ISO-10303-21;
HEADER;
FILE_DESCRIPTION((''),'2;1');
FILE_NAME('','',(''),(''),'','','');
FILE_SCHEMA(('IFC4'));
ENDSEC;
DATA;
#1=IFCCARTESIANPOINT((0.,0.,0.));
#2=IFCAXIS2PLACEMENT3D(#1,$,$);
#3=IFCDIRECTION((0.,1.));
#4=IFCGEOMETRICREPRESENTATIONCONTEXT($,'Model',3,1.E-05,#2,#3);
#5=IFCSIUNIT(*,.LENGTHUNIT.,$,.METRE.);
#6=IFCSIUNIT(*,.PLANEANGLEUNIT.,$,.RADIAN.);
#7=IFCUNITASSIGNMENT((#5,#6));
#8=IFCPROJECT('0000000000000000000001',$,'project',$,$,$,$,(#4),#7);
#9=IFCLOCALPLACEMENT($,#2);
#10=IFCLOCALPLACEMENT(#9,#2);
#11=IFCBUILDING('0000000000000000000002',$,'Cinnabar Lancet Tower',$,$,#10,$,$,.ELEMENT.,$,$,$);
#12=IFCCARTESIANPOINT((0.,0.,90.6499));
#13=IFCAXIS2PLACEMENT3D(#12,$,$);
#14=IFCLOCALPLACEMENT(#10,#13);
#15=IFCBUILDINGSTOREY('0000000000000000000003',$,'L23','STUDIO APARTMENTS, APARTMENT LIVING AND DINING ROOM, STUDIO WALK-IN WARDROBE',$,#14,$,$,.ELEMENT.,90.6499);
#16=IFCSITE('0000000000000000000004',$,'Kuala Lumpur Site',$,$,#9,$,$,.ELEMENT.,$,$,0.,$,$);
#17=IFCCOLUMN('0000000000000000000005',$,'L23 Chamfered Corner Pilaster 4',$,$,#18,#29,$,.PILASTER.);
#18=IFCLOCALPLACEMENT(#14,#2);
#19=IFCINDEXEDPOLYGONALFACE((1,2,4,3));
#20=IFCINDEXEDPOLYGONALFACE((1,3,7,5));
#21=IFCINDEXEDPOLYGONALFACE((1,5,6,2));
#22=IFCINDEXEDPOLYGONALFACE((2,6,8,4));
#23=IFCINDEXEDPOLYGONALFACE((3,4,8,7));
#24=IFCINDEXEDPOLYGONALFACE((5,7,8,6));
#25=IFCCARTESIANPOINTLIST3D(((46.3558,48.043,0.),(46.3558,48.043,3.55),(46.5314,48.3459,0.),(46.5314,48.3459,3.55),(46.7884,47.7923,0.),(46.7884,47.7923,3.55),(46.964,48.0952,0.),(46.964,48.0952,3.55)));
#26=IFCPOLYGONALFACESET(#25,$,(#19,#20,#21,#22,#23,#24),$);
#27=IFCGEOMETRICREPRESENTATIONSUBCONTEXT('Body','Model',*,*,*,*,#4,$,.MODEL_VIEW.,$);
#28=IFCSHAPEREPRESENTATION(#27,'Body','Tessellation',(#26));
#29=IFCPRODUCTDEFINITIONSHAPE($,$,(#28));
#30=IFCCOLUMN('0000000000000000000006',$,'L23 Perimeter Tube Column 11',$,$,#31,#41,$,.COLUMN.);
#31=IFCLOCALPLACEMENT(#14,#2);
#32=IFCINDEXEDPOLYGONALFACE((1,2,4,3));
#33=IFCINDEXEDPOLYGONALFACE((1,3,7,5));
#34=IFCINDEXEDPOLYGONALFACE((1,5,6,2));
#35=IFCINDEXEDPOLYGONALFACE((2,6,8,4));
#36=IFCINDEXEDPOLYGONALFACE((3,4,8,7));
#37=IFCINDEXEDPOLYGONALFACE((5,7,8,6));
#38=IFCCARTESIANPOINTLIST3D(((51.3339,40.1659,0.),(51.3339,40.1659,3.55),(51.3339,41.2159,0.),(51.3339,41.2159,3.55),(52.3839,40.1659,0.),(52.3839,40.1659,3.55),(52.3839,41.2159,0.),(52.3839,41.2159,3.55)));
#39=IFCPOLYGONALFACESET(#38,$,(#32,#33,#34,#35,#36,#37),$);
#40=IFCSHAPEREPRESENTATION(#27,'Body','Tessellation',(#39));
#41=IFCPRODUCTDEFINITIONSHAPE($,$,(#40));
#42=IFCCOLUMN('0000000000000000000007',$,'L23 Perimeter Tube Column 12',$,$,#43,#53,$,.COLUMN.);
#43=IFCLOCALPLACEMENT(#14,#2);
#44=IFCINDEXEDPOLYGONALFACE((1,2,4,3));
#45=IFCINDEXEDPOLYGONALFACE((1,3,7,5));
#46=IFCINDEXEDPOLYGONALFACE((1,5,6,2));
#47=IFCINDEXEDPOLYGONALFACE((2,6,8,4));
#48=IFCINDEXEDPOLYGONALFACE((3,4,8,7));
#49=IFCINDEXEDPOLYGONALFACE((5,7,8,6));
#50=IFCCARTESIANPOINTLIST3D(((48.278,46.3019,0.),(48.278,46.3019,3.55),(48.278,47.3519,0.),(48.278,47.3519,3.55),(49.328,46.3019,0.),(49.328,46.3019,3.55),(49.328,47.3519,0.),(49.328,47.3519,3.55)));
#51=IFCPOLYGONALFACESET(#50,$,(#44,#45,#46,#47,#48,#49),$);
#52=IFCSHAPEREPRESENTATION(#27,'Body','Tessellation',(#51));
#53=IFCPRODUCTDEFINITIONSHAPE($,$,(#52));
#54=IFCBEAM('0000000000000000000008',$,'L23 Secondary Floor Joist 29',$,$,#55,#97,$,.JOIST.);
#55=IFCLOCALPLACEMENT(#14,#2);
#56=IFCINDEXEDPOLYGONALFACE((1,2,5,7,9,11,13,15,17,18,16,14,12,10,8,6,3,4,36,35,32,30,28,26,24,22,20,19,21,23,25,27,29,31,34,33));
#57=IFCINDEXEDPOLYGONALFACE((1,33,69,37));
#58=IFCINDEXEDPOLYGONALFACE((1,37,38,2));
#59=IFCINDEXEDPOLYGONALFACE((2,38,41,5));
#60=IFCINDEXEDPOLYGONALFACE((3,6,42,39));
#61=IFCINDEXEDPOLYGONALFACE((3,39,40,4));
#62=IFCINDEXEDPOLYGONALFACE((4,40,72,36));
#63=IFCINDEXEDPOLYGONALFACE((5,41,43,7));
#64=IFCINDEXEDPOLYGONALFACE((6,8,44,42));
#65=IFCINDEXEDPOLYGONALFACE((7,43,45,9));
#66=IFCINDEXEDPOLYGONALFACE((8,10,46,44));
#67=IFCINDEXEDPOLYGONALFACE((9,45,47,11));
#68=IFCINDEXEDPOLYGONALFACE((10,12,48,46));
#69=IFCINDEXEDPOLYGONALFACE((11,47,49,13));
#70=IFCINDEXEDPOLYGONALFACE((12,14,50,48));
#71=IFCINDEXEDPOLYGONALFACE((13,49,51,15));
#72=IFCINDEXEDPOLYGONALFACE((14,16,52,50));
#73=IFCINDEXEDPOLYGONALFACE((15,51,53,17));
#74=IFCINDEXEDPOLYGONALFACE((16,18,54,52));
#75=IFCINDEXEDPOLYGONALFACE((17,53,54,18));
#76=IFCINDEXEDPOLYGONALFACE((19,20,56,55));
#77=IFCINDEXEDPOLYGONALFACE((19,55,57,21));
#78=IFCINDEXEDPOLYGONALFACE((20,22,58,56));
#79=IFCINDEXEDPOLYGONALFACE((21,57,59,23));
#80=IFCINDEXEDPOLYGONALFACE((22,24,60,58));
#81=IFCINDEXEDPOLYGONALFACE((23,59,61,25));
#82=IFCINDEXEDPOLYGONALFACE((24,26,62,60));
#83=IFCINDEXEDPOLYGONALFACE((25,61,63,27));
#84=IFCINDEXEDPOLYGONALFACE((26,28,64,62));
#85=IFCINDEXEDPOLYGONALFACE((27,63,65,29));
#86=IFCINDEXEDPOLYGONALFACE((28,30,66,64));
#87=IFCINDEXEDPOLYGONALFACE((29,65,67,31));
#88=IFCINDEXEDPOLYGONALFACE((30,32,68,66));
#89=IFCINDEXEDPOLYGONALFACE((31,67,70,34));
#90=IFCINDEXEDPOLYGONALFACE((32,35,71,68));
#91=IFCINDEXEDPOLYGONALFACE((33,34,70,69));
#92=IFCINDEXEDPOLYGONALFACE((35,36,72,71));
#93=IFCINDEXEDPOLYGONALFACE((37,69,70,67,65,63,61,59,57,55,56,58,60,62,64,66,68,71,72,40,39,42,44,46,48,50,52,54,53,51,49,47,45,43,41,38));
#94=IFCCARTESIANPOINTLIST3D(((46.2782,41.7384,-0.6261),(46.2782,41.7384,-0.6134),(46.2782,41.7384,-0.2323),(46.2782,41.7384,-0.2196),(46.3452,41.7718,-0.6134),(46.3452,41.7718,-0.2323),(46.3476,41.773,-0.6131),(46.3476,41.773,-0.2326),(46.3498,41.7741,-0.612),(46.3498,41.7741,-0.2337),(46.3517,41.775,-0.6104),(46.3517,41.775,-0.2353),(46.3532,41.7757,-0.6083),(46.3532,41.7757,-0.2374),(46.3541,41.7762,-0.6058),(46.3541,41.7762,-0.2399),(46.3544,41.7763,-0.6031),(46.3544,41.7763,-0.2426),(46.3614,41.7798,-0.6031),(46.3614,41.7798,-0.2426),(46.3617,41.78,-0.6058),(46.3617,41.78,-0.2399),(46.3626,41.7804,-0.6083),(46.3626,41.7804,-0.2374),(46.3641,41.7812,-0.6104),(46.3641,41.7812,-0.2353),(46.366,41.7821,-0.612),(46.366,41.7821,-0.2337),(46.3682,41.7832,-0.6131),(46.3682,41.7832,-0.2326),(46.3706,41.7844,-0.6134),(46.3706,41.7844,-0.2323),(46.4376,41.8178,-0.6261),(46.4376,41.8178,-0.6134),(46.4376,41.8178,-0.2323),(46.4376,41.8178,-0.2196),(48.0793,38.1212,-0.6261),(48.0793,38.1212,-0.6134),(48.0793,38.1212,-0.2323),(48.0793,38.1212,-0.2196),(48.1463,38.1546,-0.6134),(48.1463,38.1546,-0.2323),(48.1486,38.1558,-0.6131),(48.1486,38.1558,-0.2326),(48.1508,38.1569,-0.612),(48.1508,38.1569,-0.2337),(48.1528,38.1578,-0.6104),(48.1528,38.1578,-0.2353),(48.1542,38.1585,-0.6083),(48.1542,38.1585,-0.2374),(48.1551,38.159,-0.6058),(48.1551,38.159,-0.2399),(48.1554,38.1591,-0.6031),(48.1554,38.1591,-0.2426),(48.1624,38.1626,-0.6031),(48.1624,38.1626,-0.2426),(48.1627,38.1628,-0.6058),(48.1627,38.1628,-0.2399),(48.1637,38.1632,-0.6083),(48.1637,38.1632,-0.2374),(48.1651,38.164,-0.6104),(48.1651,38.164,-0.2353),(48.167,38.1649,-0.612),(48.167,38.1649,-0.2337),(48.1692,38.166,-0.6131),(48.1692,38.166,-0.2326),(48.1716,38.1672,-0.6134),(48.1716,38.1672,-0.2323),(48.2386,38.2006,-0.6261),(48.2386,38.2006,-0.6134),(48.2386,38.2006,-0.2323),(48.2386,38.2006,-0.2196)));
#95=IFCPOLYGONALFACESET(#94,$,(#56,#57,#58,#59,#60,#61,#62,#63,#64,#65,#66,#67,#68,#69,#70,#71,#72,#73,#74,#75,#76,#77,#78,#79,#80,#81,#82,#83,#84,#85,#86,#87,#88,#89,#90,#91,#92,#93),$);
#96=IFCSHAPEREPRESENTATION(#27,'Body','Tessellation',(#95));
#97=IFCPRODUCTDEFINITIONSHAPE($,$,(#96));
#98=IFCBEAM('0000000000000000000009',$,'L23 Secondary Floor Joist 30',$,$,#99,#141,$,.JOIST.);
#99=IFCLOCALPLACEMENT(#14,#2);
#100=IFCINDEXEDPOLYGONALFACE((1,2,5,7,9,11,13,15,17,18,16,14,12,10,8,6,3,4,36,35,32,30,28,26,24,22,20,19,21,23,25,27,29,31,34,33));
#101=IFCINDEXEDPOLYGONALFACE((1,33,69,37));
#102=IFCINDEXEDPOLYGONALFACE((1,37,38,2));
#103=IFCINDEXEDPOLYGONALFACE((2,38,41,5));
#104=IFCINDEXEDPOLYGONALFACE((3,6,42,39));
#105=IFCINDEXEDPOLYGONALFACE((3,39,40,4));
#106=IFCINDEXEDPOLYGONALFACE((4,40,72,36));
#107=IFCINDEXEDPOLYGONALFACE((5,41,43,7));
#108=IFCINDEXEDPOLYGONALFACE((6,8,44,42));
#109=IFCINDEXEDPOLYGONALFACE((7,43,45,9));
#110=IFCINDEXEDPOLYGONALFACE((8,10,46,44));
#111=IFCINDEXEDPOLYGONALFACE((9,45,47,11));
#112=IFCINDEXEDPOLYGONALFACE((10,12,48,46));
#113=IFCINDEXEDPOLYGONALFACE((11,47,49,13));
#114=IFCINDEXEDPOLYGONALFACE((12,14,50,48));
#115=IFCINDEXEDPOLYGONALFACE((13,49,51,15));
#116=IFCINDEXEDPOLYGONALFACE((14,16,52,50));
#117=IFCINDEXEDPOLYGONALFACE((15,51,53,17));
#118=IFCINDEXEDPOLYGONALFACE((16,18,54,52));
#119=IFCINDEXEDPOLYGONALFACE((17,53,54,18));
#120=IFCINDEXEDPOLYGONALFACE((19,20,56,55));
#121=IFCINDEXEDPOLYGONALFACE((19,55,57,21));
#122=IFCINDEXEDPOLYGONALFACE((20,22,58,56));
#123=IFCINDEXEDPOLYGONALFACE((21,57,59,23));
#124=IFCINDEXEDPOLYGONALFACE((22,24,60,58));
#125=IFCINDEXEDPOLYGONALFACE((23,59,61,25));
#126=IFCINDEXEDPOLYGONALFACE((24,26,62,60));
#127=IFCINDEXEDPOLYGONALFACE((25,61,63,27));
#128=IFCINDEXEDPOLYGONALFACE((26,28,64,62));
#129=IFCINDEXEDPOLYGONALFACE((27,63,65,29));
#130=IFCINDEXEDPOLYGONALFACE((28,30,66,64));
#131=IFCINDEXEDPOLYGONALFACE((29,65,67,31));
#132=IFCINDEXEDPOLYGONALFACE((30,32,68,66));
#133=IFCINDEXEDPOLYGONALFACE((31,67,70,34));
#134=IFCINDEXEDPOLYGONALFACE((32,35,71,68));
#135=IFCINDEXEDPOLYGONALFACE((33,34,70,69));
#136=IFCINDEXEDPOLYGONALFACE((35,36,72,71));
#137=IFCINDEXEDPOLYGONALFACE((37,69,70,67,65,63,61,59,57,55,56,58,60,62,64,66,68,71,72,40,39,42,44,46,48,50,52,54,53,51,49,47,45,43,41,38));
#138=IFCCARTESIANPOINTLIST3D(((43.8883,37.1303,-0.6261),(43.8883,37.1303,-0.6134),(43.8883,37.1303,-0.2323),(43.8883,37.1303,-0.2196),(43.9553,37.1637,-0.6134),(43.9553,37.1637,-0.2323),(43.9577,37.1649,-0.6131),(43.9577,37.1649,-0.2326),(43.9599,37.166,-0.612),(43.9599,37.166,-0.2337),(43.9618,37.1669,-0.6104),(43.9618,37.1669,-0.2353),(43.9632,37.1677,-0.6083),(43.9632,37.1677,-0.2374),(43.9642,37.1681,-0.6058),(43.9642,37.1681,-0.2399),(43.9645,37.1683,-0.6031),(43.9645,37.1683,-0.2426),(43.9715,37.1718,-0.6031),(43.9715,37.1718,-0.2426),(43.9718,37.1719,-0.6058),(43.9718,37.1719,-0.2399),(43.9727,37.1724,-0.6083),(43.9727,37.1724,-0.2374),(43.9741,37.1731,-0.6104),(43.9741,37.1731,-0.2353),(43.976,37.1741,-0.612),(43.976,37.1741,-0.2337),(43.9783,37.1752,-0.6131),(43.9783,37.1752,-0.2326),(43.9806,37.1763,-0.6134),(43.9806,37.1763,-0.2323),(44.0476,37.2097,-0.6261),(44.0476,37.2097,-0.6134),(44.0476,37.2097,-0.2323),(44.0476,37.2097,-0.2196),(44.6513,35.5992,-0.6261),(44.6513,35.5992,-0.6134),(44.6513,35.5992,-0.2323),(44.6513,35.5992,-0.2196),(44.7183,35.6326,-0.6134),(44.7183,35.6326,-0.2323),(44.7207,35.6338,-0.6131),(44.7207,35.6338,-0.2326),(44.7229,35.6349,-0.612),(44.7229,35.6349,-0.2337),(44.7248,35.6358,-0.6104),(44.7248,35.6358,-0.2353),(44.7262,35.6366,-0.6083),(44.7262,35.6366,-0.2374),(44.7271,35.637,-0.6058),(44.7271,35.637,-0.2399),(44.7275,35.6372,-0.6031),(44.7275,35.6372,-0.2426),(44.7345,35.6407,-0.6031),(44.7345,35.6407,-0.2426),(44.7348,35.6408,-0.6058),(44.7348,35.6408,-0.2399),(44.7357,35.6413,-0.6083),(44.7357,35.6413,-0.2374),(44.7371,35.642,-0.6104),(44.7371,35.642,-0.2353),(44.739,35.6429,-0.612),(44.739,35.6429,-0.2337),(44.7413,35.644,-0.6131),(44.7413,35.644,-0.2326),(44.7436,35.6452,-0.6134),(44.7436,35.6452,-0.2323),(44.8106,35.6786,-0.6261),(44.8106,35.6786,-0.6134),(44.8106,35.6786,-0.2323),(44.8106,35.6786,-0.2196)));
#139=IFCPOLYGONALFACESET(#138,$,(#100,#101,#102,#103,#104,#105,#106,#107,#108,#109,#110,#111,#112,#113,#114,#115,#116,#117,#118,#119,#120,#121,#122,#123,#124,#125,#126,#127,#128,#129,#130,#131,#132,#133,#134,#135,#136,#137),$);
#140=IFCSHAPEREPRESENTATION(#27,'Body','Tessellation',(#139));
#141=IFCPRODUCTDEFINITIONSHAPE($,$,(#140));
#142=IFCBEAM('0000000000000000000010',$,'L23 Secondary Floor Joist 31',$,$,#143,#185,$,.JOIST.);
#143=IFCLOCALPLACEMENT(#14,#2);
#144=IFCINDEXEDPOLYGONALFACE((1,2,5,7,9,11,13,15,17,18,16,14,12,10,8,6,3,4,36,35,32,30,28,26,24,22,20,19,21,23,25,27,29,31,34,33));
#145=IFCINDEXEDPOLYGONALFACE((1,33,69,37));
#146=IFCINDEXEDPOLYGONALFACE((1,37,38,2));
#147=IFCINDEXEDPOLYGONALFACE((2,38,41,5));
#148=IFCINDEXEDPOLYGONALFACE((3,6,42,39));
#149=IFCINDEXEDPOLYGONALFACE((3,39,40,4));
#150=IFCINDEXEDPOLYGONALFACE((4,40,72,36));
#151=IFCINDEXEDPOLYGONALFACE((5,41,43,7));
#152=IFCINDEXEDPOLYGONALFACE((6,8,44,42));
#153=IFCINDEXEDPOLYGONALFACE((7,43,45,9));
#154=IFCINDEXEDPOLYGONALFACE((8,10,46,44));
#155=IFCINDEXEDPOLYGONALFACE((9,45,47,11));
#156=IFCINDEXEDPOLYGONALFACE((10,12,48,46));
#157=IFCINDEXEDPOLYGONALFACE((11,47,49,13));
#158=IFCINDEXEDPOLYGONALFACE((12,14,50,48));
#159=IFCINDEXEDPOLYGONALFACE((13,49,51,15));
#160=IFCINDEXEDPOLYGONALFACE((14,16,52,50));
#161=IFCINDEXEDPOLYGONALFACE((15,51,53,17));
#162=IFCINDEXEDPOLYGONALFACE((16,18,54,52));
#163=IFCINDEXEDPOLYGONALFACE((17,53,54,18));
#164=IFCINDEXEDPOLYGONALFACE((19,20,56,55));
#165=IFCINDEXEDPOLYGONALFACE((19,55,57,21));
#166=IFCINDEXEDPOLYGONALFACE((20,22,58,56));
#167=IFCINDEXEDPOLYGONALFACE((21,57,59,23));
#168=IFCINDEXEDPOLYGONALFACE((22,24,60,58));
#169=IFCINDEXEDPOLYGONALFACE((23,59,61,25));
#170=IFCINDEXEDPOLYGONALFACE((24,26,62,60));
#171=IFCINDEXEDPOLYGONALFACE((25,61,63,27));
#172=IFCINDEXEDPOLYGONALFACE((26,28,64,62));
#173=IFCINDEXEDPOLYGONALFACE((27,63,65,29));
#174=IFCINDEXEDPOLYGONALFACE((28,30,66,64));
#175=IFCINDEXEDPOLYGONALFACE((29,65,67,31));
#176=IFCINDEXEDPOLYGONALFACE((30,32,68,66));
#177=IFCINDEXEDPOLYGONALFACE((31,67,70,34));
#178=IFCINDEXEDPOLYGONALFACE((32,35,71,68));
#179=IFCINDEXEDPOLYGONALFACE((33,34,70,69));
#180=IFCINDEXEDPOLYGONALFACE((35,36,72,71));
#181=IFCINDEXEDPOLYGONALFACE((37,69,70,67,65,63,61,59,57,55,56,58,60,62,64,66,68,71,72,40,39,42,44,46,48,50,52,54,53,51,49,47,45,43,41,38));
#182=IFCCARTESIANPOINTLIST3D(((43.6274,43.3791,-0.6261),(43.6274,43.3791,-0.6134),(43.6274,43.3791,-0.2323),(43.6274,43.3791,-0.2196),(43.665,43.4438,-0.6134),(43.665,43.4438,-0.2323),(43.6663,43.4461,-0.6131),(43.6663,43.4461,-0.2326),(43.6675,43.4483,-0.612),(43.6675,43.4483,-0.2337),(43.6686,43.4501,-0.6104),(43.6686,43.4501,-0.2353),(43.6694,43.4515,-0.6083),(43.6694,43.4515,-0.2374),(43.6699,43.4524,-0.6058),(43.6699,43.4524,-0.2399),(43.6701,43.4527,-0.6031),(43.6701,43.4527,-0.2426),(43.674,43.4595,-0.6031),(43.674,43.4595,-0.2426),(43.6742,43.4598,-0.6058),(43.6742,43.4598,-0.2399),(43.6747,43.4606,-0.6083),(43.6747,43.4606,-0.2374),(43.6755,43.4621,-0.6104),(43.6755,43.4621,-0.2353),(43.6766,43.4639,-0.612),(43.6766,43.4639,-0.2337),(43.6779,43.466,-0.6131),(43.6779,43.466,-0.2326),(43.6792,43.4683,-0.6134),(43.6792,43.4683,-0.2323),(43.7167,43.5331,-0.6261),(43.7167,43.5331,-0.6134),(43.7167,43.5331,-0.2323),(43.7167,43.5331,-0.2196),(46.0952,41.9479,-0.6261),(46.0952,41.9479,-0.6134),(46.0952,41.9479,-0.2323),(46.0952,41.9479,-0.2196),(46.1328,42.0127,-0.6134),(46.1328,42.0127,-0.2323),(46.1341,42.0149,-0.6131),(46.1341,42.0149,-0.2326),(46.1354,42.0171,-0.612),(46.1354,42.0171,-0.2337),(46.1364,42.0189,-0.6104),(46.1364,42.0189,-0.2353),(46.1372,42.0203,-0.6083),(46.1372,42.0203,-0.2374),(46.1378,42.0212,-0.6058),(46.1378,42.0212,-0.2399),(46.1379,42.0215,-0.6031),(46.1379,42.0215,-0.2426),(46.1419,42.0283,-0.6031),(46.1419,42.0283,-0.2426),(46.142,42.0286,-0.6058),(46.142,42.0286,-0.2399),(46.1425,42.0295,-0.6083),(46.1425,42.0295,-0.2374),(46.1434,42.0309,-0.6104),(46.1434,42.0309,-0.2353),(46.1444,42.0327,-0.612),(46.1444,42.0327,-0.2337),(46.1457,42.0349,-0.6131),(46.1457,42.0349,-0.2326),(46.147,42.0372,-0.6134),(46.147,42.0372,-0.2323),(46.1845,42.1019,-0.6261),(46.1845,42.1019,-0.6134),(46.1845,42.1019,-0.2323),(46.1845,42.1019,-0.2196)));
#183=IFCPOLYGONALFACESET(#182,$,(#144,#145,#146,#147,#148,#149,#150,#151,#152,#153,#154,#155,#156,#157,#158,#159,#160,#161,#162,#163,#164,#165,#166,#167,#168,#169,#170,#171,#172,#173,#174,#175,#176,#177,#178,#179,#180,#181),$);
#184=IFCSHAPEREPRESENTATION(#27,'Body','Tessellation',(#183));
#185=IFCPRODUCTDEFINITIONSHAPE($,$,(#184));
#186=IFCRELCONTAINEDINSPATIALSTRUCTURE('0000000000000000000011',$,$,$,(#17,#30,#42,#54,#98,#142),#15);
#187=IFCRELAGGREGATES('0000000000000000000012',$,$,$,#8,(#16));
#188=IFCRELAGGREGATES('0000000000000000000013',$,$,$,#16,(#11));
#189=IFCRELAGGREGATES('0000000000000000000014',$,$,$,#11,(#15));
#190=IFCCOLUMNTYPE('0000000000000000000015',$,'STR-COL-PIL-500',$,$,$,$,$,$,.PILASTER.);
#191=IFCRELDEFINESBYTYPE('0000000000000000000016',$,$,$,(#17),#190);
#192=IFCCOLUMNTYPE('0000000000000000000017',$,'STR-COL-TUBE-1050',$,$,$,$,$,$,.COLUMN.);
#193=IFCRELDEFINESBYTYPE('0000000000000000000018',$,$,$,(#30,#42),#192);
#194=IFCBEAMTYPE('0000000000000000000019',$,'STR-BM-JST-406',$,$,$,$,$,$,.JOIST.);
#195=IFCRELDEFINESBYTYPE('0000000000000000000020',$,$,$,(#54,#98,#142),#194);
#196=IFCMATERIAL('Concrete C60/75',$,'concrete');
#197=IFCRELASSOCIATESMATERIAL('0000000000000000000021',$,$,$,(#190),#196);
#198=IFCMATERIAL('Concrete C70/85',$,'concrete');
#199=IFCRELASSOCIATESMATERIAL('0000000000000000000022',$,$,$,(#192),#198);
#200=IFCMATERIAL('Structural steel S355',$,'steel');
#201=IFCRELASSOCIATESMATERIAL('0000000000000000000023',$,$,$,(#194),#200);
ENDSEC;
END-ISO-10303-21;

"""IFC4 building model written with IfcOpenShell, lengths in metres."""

from ifc_helpers import new_model, si_unit, direction, frame, origin, origin_2d, place, context, subcontext, project, spatial, rectangle, i_section, extrude, material, material_profile, profile_set, type_object, element, save


model = new_model("IFC4")

# Units and contexts
model_context = context("Model", 3, precision=1e-05, world=origin(), true_north=direction((0.0, 1.0)))
body_context = subcontext(model_context, "Body", "Model", "MODEL_VIEW")
ifc_project = project(units=[si_unit("LENGTHUNIT", "METRE"), si_unit("PLANEANGLEUNIT", "RADIAN")], contexts=[model_context])

# Site, building, storey
site_placement = place(None, origin())
site = spatial("IfcSite", under=ifc_project, at=site_placement, Name="Kuala Lumpur Site", CompositionType="ELEMENT", RefElevation=0.0)
building_placement = place(site_placement, origin())
building = spatial("IfcBuilding", under=site, at=building_placement, Name="Cinnabar Lancet Tower", CompositionType="ELEMENT")
storey_placement = place(building_placement, frame((0.0, 0.0, 90.6499)))
storey = spatial("IfcBuildingStorey", under=building, at=storey_placement, Name="L23", Description="STUDIO APARTMENTS, APARTMENT LIVING AND DINING ROOM, STUDIO WALK-IN WARDROBE", CompositionType="ELEMENT", Elevation=90.6499)

# Columns
ifc_material_1 = material(Name="Concrete C60/75", Category="concrete")
ifc_material_profile_1 = material_profile(ifc_material_1, rectangle(XDim=0.5, YDim=0.3501, at=origin_2d()), Name="RC-PIL 500x350")
ifc_profile_set_1 = profile_set([ifc_material_profile_1], Name="Concrete C60/75")
column_type_1 = type_object("IfcColumnType", Name="STR-COL-PIL-500", PredefinedType="PILASTER", material=ifc_profile_set_1)
column_placement = place(storey_placement, frame((46.6599, 48.0691, 0.0), z_axis=(0.0, 0.0, 1.0), x_axis=(-0.865195, 0.501435, 0.0)))
element("IfcColumn", 1, at=column_placement, inside=storey, type_object=column_type_1, Name="L23 Chamfered Corner Pilaster 4", PredefinedType="PILASTER", context=body_context, shape_type="SweptSolid", body=[
    extrude(rectangle(XDim=0.5, YDim=0.3501, at=origin_2d()), origin(), (0.0, 0.0, 1.0), 3.55),
])
ifc_material_2 = material(Name="Concrete C70/85", Category="concrete")
ifc_material_profile_2 = material_profile(ifc_material_2, rectangle(XDim=1.05, YDim=1.05, at=origin_2d()), Name="RC-COL 1050x1050")
ifc_profile_set_2 = profile_set([ifc_material_profile_2], Name="Concrete C70/85")
column_type_2 = type_object("IfcColumnType", Name="STR-COL-TUBE-1050", PredefinedType="COLUMN", material=ifc_profile_set_2)
for number, where, z_axis, x_axis, name in (
    (2, (51.8589, 40.6909, 0.0), (0.0, 0.0, 1.0), (1.0, 0.0, 0.0), "L23 Perimeter Tube Column 11"),
    (3, (48.803, 46.8269, 0.0), (0.0, 0.0, 1.0), (1.0, 0.0, 0.0), "L23 Perimeter Tube Column 12"),
):
    element("IfcColumn", number, at=place(storey_placement, frame(where, z_axis=z_axis, x_axis=x_axis)), inside=storey, type_object=column_type_2, Name=name, PredefinedType="COLUMN", context=body_context, shape_type="SweptSolid", body=[
        extrude(rectangle(XDim=1.05, YDim=1.05, at=origin_2d()), origin(), (0.0, 0.0, 1.0), 3.55),
    ])

# Beams
ifc_material_3 = material(Name="Structural steel S355", Category="steel")
ifc_material_profile_3 = material_profile(ifc_material_3, i_section(OverallWidth=0.178, OverallDepth=0.4065, WebThickness=0.0078, FlangeThickness=0.0127, FilletRadius=0.0103, at=origin_2d()), Name="UKB 406x178x60")
ifc_profile_set_3 = profile_set([ifc_material_profile_3], Name="Structural steel S355")
beam_type_1 = type_object("IfcBeamType", Name="STR-BM-JST-406", PredefinedType="JOIST", material=ifc_profile_set_3)
beam_1_placement = place(storey_placement, frame((48.1589, 38.1609, -0.4229), z_axis=(-0.445715, 0.895175, 0.0), x_axis=(-0.895175, -0.445715, 0.0)))
element("IfcBeam", 4, at=beam_1_placement, inside=storey, type_object=beam_type_1, Name="L23 Secondary Floor Joist 29", PredefinedType="JOIST", context=body_context, shape_type="SweptSolid", body=[
    extrude(i_section(OverallWidth=0.178, OverallDepth=0.4065, WebThickness=0.0078, FlangeThickness=0.0127, FilletRadius=0.0103, at=origin_2d()), origin(), (0.0, 0.0, 1.0), 4.0408),
])
beam_2_placement = place(storey_placement, frame((44.731, 35.6389, -0.4229), z_axis=(-0.446014, 0.895026, 0.0), x_axis=(-0.895026, -0.446014, 0.0)))
element("IfcBeam", 5, at=beam_2_placement, inside=storey, type_object=beam_type_1, Name="L23 Secondary Floor Joist 30", PredefinedType="JOIST", context=body_context, shape_type="SweptSolid", body=[
    extrude(i_section(OverallWidth=0.178, OverallDepth=0.4065, WebThickness=0.0078, FlangeThickness=0.0127, FilletRadius=0.0103, at=origin_2d()), origin(), (0.0, 0.0, 1.0), 1.7107),
])
beam_3_placement = place(storey_placement, frame((46.1399, 42.0249, -0.4229), z_axis=(-0.865055, 0.501677, 0.0), x_axis=(-0.501677, -0.865055, 0.0)))
element("IfcBeam", 6, at=beam_3_placement, inside=storey, type_object=beam_type_1, Name="L23 Secondary Floor Joist 31", PredefinedType="JOIST", context=body_context, shape_type="SweptSolid", body=[
    extrude(i_section(OverallWidth=0.178, OverallDepth=0.4065, WebThickness=0.0078, FlangeThickness=0.0127, FilletRadius=0.0103, at=origin_2d()), origin(), (0.0, 0.0, 1.0), 2.8528),
])

save(model, "model.ifc")
